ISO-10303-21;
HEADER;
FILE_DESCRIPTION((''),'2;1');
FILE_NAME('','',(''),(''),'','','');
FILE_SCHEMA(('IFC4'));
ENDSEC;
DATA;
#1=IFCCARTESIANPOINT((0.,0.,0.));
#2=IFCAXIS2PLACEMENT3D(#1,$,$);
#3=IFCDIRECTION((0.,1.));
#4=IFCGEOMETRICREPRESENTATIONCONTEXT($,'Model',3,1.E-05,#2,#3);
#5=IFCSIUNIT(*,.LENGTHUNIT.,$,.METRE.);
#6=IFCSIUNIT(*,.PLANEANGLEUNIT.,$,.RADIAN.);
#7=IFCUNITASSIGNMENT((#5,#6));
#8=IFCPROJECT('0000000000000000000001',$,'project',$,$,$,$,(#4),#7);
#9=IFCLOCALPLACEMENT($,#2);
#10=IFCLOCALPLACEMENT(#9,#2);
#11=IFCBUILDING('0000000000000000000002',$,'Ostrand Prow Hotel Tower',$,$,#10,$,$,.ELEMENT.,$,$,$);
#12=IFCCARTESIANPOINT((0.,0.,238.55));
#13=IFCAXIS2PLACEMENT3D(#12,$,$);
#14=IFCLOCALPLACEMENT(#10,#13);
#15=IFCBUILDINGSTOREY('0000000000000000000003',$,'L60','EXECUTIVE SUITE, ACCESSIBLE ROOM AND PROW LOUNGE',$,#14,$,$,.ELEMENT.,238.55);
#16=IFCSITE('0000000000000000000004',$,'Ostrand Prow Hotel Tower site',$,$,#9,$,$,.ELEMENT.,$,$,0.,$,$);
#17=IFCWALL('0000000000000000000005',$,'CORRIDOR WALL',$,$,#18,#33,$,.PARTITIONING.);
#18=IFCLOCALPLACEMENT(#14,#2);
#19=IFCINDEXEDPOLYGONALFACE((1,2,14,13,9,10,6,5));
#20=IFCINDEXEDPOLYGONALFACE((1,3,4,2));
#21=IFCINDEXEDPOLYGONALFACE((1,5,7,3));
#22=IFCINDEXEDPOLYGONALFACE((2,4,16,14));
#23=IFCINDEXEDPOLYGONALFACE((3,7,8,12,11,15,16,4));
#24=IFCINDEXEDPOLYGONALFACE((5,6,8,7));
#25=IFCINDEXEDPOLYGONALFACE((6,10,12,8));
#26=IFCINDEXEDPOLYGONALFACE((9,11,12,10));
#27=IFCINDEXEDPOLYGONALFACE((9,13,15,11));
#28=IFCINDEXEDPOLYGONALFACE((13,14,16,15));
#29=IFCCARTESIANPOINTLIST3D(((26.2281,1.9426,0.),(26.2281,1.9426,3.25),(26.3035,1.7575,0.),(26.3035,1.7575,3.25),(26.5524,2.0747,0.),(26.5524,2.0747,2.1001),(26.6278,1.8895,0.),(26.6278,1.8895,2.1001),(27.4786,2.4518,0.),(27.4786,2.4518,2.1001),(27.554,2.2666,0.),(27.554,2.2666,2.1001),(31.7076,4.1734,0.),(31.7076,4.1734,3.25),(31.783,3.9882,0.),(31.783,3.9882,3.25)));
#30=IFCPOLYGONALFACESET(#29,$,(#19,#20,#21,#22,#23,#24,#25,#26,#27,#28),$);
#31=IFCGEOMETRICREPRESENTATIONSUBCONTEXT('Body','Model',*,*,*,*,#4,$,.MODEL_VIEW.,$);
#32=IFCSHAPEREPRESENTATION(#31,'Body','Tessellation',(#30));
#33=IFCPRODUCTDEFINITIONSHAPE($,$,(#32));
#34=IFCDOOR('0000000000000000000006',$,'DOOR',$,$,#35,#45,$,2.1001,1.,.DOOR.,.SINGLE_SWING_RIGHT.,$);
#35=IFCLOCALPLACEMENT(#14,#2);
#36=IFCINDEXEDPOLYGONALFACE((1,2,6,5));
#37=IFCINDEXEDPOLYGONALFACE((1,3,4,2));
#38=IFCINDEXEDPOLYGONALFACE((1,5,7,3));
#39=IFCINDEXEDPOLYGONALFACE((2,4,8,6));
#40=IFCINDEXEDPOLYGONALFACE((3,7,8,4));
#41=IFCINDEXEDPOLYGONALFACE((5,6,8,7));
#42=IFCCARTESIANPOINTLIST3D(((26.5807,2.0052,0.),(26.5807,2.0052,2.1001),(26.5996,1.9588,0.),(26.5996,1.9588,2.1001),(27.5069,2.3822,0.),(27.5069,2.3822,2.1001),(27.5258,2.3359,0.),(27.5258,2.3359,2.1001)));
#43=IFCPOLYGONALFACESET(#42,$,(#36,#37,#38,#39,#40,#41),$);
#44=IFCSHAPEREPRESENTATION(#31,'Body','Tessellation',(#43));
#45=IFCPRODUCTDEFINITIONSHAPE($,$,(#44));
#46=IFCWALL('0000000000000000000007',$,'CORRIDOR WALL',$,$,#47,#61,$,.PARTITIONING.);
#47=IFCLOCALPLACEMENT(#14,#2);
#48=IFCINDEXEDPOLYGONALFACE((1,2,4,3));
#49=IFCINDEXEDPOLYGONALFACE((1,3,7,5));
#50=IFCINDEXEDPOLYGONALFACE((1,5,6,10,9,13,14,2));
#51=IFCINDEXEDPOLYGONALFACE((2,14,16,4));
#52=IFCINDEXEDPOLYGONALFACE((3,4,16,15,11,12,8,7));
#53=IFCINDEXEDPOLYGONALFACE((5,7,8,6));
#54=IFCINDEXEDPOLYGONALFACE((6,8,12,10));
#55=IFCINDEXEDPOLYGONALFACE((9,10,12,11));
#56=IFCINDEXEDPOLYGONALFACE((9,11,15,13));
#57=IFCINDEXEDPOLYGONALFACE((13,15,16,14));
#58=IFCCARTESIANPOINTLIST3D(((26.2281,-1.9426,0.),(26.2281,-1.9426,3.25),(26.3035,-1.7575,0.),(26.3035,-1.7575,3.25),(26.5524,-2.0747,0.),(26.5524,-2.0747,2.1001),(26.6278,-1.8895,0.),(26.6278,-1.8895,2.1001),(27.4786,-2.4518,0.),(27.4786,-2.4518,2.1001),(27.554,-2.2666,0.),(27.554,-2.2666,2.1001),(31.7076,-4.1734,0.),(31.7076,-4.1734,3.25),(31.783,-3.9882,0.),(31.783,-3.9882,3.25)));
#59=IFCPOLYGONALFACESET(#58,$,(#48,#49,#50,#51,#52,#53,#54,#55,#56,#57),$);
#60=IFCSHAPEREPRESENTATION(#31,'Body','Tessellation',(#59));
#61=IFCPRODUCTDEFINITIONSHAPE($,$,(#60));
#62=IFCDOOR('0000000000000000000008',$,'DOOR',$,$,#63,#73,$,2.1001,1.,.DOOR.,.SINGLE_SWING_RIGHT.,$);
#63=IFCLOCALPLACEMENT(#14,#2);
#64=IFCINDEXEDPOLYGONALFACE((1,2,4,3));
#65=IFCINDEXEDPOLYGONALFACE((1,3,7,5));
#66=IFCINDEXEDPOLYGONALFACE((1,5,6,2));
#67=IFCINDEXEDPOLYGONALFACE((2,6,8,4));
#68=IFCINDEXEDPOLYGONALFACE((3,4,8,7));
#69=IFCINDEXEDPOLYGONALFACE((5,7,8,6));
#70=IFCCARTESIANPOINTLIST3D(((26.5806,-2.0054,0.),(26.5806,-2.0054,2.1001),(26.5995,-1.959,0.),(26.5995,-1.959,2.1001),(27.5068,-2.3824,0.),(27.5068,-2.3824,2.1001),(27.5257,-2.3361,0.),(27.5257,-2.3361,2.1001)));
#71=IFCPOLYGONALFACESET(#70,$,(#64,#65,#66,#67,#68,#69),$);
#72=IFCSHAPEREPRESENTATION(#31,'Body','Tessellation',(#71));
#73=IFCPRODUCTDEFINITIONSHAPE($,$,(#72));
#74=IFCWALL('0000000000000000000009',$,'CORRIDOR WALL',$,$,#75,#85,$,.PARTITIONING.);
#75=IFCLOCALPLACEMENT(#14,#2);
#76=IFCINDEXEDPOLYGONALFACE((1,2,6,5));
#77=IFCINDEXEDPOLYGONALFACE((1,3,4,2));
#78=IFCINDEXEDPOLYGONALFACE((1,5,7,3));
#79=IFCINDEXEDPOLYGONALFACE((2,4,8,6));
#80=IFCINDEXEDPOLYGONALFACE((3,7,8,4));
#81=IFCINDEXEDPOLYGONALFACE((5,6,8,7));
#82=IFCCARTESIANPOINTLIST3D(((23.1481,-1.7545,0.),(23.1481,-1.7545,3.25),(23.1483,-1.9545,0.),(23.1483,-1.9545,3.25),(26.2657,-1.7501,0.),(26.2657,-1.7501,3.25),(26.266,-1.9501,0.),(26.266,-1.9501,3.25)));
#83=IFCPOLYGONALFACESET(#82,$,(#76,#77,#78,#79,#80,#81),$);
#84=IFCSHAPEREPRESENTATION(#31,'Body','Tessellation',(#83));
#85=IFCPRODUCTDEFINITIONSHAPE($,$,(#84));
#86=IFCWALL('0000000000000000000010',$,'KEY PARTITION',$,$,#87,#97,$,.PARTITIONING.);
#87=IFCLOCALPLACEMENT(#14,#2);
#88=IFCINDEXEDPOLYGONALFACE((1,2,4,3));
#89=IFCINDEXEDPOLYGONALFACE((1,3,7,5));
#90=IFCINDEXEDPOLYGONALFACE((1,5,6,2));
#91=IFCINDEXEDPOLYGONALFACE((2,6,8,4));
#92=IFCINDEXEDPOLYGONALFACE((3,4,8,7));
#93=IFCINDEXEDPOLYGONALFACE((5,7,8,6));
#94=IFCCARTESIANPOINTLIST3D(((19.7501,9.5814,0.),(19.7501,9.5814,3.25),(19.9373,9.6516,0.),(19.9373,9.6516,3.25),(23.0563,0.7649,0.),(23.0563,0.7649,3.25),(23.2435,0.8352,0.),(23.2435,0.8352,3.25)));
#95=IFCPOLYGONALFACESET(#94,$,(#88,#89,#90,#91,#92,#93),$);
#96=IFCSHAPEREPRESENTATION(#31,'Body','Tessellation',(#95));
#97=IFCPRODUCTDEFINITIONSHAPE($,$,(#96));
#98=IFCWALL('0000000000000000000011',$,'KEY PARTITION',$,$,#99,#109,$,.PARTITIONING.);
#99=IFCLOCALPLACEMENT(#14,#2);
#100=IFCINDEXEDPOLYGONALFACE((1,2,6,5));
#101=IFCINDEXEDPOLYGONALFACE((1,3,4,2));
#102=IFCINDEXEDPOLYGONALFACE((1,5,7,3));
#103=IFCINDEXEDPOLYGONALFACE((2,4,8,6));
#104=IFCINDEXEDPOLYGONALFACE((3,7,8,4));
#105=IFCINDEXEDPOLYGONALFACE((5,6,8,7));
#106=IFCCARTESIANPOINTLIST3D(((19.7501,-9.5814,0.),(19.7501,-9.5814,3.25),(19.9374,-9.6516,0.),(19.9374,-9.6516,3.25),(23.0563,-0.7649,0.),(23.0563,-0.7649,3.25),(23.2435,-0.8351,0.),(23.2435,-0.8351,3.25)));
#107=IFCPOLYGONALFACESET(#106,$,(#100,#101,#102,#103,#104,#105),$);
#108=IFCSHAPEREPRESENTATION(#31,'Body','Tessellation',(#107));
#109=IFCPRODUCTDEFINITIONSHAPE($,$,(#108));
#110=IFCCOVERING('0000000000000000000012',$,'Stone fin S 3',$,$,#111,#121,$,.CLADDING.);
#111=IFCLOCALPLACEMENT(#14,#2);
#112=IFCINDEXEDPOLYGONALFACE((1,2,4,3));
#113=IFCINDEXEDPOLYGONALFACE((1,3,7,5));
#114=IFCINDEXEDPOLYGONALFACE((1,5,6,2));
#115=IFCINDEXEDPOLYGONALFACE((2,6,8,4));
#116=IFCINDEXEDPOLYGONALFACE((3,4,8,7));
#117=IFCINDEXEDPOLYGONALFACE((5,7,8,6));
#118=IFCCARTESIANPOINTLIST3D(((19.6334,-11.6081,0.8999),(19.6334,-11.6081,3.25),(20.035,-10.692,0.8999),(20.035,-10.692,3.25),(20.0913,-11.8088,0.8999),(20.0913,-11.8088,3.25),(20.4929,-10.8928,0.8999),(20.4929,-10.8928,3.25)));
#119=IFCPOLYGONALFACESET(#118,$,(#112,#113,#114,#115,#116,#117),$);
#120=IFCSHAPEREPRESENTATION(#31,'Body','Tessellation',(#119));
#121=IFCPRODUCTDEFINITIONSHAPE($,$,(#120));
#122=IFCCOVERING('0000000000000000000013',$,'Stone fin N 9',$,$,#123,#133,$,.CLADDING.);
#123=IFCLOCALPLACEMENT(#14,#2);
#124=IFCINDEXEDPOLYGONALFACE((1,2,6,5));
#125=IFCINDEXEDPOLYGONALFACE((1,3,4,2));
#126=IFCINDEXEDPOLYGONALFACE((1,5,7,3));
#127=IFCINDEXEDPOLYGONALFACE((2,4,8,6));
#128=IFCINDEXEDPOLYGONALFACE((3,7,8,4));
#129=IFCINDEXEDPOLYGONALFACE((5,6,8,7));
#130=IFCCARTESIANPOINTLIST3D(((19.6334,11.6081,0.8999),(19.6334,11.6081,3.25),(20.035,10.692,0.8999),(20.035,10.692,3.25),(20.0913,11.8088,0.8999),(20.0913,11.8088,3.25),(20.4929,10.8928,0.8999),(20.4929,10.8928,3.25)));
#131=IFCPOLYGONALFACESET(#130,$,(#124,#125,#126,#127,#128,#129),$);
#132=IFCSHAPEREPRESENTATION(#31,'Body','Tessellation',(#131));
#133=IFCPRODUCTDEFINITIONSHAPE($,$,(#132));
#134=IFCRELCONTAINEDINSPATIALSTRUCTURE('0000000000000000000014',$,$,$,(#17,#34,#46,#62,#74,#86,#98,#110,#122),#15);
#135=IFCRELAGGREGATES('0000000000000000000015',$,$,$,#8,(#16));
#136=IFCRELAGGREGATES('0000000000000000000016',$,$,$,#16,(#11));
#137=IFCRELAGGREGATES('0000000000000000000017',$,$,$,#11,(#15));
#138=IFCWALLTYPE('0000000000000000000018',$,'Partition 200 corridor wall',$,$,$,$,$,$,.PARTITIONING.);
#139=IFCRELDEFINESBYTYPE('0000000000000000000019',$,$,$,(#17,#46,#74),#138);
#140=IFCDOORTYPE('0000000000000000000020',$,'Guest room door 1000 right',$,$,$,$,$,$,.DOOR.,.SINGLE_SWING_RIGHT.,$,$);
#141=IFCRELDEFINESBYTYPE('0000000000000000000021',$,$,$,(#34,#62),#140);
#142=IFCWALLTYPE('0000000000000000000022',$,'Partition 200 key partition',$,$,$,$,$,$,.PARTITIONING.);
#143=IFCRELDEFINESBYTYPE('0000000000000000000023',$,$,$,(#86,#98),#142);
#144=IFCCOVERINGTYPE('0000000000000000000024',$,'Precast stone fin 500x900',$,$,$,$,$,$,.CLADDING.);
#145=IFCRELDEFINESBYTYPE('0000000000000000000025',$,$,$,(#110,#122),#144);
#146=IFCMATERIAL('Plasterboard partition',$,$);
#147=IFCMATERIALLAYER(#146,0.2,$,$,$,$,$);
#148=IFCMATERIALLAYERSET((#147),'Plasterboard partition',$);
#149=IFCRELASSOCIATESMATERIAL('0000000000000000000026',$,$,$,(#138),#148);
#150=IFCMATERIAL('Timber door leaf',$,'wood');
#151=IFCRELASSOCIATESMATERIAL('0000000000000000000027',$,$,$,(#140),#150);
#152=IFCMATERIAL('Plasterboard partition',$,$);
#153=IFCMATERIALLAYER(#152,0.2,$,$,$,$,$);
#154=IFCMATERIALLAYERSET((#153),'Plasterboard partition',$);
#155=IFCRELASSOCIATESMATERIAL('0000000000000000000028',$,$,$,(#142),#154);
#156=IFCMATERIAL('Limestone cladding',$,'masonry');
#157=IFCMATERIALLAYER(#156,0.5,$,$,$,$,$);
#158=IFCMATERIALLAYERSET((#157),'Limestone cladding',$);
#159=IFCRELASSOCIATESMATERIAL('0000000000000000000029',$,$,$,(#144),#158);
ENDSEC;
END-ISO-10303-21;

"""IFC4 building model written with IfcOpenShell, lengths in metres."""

from ifc_helpers import new_model, si_unit, direction, frame, frame_2d, origin, place, context, subcontext, project, spatial, rectangle, extrude, material, layer, layer_set, type_object, element, fill, save


model = new_model("IFC4")

# Units and contexts
model_context = context("Model", 3, precision=1e-05, world=origin(), true_north=direction((0.0, 1.0)))
body_context = subcontext(model_context, "Body", "Model", "MODEL_VIEW")
ifc_project = project(units=[si_unit("LENGTHUNIT", "METRE"), si_unit("PLANEANGLEUNIT", "RADIAN")], contexts=[model_context])

# Site, building, storey
site_placement = place(None, origin())
site = spatial("IfcSite", under=ifc_project, at=site_placement, Name="Ostrand Prow Hotel Tower site", CompositionType="ELEMENT", RefElevation=0.0)
building_placement = place(site_placement, origin())
building = spatial("IfcBuilding", under=site, at=building_placement, Name="Ostrand Prow Hotel Tower", CompositionType="ELEMENT")
storey_placement = place(building_placement, frame((0.0, 0.0, 238.55)))
storey = spatial("IfcBuildingStorey", under=building, at=storey_placement, Name="L60", Description="EXECUTIVE SUITE, ACCESSIBLE ROOM AND PROW LOUNGE", CompositionType="ELEMENT", Elevation=238.55)

# Walls, openings, doors
ifc_material_1 = material(Name="Plasterboard partition")
ifc_layer_1 = layer(ifc_material_1, 0.2)
ifc_layer_set_1 = layer_set([ifc_layer_1], Name="Plasterboard partition")
wall_type_1 = type_object("IfcWallType", Name="Partition 200 corridor wall", PredefinedType="PARTITIONING", material=ifc_layer_set_1)
wall_1_placement = place(storey_placement, frame((26.2659, 1.8501, 0.0), z_axis=(0.0, 0.0, 1.0), x_axis=(0.926191, 0.377054, 0.0)))
wall_1 = element("IfcWall", 1, at=wall_1_placement, inside=storey, type_object=wall_type_1, Name="CORRIDOR WALL", PredefinedType="PARTITIONING", context=body_context, shape_type="SweptSolid", body=[
    extrude(rectangle(XDim=5.9163, YDim=0.2, at=frame_2d((2.958, 0.0))), origin(), (0.0, 0.0, 1.0), 3.25),
])
opening_1_placement = place(wall_1_placement, frame((0.3501, 0.0, 0.0)))
opening_1 = element("IfcOpeningElement", 2, at=opening_1_placement, cuts=wall_1, PredefinedType="OPENING", context=body_context, shape_type="SweptSolid", body=[
    extrude(rectangle(XDim=1.0, YDim=2.1001, at=frame_2d((0.5, 1.05))), frame((0.0, 0.1099, 0.0), z_axis=(0.0, -1.0, 0.0), x_axis=(1.0, 0.0, 0.0)), (0.0, 0.0, 1.0), 0.22),
])
ifc_material_2 = material(Name="Timber door leaf", Category="wood")
door_type = type_object("IfcDoorType", Name="Guest room door 1000 right", OperationType="SINGLE_SWING_RIGHT", PredefinedType="DOOR", material=ifc_material_2)
door_1_placement = place(opening_1_placement, origin())
door_1 = element("IfcDoor", 3, at=door_1_placement, inside=storey, type_object=door_type, Name="DOOR", OperationType="SINGLE_SWING_RIGHT", OverallHeight=2.1001, OverallWidth=1.0, PredefinedType="DOOR", context=body_context, shape_type="SweptSolid", body=[
    extrude(rectangle(XDim=1.0, YDim=2.1001, at=frame_2d((0.5, 1.05))), frame((0.0, 0.0249, 0.0), z_axis=(0.0, -1.0, 0.0), x_axis=(1.0, 0.0, 0.0)), (0.0, 0.0, 1.0), 0.05),
])
fill(opening_1, door_1)
wall_2_placement = place(storey_placement, frame((26.2659, -1.8501, 0.0), z_axis=(0.0, 0.0, 1.0), x_axis=(0.926191, -0.377054, 0.0)))
wall_2 = element("IfcWall", 4, at=wall_2_placement, inside=storey, type_object=wall_type_1, Name="CORRIDOR WALL", PredefinedType="PARTITIONING", context=body_context, shape_type="SweptSolid", body=[
    extrude(rectangle(XDim=5.9163, YDim=0.2, at=frame_2d((2.958, 0.0))), origin(), (0.0, 0.0, 1.0), 3.25),
])
opening_2_placement = place(wall_2_placement, frame((0.3501, 0.0, 0.0)))
opening_2 = element("IfcOpeningElement", 5, at=opening_2_placement, cuts=wall_2, PredefinedType="OPENING", context=body_context, shape_type="SweptSolid", body=[
    extrude(rectangle(XDim=1.0, YDim=2.1001, at=frame_2d((0.5, 1.05))), frame((0.0, 0.1099, 0.0), z_axis=(0.0, -1.0, 0.0), x_axis=(1.0, 0.0, 0.0)), (0.0, 0.0, 1.0), 0.22),
])
door_2_placement = place(opening_2_placement, origin())
door_2 = element("IfcDoor", 6, at=door_2_placement, inside=storey, type_object=door_type, Name="DOOR", OperationType="SINGLE_SWING_RIGHT", OverallHeight=2.1001, OverallWidth=1.0, PredefinedType="DOOR", context=body_context, shape_type="SweptSolid", body=[
    extrude(rectangle(XDim=1.0, YDim=2.1001, at=frame_2d((0.5, 1.05))), frame((0.0, 0.0249, 0.0), z_axis=(0.0, -1.0, 0.0), x_axis=(1.0, 0.0, 0.0)), (0.0, 0.0, 1.0), 0.05),
])
fill(opening_2, door_2)

# Walls
wall_3_placement = place(storey_placement, frame((23.1482, -1.8545, 0.0), z_axis=(0.0, 0.0, 1.0), x_axis=(0.999999, 0.00141, 0.0)))
element("IfcWall", 7, at=wall_3_placement, inside=storey, type_object=wall_type_1, Name="CORRIDOR WALL", PredefinedType="PARTITIONING", context=body_context, shape_type="SweptSolid", body=[
    extrude(rectangle(XDim=3.1177, YDim=0.2, at=frame_2d((1.5588, 0.0))), origin(), (0.0, 0.0, 1.0), 3.25),
])
ifc_material_3 = material(Name="Plasterboard partition")
ifc_layer_2 = layer(ifc_material_3, 0.2)
ifc_layer_set_2 = layer_set([ifc_layer_2], Name="Plasterboard partition")
wall_type_2 = type_object("IfcWallType", Name="Partition 200 key partition", PredefinedType="PARTITIONING", material=ifc_layer_set_2)
for number, where, z_axis, x_axis, name in (
    (8, (23.1499, 0.8, 0.0), (0.0, 0.0, 1.0), (-0.351123, 0.936329, 0.0), "KEY PARTITION"),
    (9, (19.8438, -9.6165, 0.0), (0.0, 0.0, 1.0), (0.351123, 0.936329, 0.0), "KEY PARTITION"),
):
    element("IfcWall", number, at=place(storey_placement, frame(where, z_axis=z_axis, x_axis=x_axis)), inside=storey, type_object=wall_type_2, Name=name, PredefinedType="PARTITIONING", context=body_context, shape_type="SweptSolid", body=[
        extrude(rectangle(XDim=9.416, YDim=0.2, at=frame_2d((4.708, 0.0))), origin(), (0.0, 0.0, 1.0), 3.25),
    ])

# Coverings
ifc_material_4 = material(Name="Limestone cladding", Category="masonry")
ifc_layer_3 = layer(ifc_material_4, 0.5)
ifc_layer_set_3 = layer_set([ifc_layer_3], Name="Limestone cladding")
covering_type = type_object("IfcCoveringType", Name="Precast stone fin 500x900", PredefinedType="CLADDING", material=ifc_layer_set_3)
for number, where, z_axis, x_axis, name in (
    (10, (20.2639, -10.7925, 0.8999), (0.0, 0.0, 1.0), (-0.401536, -0.915843, 0.0), "Stone fin S 3"),
    (11, (20.2639, 10.7925, 0.8999), (0.0, 0.0, 1.0), (-0.401536, 0.915843, 0.0), "Stone fin N 9"),
):
    element("IfcCovering", number, at=place(storey_placement, frame(where, z_axis=z_axis, x_axis=x_axis)), inside=storey, type_object=covering_type, Name=name, PredefinedType="CLADDING", context=body_context, shape_type="SweptSolid", body=[
        extrude(rectangle(XDim=1.0002, YDim=0.5, at=frame_2d((0.5, 0.0))), origin(), (0.0, 0.0, 1.0), 2.3501),
    ])

save(model, "model.ifc")
